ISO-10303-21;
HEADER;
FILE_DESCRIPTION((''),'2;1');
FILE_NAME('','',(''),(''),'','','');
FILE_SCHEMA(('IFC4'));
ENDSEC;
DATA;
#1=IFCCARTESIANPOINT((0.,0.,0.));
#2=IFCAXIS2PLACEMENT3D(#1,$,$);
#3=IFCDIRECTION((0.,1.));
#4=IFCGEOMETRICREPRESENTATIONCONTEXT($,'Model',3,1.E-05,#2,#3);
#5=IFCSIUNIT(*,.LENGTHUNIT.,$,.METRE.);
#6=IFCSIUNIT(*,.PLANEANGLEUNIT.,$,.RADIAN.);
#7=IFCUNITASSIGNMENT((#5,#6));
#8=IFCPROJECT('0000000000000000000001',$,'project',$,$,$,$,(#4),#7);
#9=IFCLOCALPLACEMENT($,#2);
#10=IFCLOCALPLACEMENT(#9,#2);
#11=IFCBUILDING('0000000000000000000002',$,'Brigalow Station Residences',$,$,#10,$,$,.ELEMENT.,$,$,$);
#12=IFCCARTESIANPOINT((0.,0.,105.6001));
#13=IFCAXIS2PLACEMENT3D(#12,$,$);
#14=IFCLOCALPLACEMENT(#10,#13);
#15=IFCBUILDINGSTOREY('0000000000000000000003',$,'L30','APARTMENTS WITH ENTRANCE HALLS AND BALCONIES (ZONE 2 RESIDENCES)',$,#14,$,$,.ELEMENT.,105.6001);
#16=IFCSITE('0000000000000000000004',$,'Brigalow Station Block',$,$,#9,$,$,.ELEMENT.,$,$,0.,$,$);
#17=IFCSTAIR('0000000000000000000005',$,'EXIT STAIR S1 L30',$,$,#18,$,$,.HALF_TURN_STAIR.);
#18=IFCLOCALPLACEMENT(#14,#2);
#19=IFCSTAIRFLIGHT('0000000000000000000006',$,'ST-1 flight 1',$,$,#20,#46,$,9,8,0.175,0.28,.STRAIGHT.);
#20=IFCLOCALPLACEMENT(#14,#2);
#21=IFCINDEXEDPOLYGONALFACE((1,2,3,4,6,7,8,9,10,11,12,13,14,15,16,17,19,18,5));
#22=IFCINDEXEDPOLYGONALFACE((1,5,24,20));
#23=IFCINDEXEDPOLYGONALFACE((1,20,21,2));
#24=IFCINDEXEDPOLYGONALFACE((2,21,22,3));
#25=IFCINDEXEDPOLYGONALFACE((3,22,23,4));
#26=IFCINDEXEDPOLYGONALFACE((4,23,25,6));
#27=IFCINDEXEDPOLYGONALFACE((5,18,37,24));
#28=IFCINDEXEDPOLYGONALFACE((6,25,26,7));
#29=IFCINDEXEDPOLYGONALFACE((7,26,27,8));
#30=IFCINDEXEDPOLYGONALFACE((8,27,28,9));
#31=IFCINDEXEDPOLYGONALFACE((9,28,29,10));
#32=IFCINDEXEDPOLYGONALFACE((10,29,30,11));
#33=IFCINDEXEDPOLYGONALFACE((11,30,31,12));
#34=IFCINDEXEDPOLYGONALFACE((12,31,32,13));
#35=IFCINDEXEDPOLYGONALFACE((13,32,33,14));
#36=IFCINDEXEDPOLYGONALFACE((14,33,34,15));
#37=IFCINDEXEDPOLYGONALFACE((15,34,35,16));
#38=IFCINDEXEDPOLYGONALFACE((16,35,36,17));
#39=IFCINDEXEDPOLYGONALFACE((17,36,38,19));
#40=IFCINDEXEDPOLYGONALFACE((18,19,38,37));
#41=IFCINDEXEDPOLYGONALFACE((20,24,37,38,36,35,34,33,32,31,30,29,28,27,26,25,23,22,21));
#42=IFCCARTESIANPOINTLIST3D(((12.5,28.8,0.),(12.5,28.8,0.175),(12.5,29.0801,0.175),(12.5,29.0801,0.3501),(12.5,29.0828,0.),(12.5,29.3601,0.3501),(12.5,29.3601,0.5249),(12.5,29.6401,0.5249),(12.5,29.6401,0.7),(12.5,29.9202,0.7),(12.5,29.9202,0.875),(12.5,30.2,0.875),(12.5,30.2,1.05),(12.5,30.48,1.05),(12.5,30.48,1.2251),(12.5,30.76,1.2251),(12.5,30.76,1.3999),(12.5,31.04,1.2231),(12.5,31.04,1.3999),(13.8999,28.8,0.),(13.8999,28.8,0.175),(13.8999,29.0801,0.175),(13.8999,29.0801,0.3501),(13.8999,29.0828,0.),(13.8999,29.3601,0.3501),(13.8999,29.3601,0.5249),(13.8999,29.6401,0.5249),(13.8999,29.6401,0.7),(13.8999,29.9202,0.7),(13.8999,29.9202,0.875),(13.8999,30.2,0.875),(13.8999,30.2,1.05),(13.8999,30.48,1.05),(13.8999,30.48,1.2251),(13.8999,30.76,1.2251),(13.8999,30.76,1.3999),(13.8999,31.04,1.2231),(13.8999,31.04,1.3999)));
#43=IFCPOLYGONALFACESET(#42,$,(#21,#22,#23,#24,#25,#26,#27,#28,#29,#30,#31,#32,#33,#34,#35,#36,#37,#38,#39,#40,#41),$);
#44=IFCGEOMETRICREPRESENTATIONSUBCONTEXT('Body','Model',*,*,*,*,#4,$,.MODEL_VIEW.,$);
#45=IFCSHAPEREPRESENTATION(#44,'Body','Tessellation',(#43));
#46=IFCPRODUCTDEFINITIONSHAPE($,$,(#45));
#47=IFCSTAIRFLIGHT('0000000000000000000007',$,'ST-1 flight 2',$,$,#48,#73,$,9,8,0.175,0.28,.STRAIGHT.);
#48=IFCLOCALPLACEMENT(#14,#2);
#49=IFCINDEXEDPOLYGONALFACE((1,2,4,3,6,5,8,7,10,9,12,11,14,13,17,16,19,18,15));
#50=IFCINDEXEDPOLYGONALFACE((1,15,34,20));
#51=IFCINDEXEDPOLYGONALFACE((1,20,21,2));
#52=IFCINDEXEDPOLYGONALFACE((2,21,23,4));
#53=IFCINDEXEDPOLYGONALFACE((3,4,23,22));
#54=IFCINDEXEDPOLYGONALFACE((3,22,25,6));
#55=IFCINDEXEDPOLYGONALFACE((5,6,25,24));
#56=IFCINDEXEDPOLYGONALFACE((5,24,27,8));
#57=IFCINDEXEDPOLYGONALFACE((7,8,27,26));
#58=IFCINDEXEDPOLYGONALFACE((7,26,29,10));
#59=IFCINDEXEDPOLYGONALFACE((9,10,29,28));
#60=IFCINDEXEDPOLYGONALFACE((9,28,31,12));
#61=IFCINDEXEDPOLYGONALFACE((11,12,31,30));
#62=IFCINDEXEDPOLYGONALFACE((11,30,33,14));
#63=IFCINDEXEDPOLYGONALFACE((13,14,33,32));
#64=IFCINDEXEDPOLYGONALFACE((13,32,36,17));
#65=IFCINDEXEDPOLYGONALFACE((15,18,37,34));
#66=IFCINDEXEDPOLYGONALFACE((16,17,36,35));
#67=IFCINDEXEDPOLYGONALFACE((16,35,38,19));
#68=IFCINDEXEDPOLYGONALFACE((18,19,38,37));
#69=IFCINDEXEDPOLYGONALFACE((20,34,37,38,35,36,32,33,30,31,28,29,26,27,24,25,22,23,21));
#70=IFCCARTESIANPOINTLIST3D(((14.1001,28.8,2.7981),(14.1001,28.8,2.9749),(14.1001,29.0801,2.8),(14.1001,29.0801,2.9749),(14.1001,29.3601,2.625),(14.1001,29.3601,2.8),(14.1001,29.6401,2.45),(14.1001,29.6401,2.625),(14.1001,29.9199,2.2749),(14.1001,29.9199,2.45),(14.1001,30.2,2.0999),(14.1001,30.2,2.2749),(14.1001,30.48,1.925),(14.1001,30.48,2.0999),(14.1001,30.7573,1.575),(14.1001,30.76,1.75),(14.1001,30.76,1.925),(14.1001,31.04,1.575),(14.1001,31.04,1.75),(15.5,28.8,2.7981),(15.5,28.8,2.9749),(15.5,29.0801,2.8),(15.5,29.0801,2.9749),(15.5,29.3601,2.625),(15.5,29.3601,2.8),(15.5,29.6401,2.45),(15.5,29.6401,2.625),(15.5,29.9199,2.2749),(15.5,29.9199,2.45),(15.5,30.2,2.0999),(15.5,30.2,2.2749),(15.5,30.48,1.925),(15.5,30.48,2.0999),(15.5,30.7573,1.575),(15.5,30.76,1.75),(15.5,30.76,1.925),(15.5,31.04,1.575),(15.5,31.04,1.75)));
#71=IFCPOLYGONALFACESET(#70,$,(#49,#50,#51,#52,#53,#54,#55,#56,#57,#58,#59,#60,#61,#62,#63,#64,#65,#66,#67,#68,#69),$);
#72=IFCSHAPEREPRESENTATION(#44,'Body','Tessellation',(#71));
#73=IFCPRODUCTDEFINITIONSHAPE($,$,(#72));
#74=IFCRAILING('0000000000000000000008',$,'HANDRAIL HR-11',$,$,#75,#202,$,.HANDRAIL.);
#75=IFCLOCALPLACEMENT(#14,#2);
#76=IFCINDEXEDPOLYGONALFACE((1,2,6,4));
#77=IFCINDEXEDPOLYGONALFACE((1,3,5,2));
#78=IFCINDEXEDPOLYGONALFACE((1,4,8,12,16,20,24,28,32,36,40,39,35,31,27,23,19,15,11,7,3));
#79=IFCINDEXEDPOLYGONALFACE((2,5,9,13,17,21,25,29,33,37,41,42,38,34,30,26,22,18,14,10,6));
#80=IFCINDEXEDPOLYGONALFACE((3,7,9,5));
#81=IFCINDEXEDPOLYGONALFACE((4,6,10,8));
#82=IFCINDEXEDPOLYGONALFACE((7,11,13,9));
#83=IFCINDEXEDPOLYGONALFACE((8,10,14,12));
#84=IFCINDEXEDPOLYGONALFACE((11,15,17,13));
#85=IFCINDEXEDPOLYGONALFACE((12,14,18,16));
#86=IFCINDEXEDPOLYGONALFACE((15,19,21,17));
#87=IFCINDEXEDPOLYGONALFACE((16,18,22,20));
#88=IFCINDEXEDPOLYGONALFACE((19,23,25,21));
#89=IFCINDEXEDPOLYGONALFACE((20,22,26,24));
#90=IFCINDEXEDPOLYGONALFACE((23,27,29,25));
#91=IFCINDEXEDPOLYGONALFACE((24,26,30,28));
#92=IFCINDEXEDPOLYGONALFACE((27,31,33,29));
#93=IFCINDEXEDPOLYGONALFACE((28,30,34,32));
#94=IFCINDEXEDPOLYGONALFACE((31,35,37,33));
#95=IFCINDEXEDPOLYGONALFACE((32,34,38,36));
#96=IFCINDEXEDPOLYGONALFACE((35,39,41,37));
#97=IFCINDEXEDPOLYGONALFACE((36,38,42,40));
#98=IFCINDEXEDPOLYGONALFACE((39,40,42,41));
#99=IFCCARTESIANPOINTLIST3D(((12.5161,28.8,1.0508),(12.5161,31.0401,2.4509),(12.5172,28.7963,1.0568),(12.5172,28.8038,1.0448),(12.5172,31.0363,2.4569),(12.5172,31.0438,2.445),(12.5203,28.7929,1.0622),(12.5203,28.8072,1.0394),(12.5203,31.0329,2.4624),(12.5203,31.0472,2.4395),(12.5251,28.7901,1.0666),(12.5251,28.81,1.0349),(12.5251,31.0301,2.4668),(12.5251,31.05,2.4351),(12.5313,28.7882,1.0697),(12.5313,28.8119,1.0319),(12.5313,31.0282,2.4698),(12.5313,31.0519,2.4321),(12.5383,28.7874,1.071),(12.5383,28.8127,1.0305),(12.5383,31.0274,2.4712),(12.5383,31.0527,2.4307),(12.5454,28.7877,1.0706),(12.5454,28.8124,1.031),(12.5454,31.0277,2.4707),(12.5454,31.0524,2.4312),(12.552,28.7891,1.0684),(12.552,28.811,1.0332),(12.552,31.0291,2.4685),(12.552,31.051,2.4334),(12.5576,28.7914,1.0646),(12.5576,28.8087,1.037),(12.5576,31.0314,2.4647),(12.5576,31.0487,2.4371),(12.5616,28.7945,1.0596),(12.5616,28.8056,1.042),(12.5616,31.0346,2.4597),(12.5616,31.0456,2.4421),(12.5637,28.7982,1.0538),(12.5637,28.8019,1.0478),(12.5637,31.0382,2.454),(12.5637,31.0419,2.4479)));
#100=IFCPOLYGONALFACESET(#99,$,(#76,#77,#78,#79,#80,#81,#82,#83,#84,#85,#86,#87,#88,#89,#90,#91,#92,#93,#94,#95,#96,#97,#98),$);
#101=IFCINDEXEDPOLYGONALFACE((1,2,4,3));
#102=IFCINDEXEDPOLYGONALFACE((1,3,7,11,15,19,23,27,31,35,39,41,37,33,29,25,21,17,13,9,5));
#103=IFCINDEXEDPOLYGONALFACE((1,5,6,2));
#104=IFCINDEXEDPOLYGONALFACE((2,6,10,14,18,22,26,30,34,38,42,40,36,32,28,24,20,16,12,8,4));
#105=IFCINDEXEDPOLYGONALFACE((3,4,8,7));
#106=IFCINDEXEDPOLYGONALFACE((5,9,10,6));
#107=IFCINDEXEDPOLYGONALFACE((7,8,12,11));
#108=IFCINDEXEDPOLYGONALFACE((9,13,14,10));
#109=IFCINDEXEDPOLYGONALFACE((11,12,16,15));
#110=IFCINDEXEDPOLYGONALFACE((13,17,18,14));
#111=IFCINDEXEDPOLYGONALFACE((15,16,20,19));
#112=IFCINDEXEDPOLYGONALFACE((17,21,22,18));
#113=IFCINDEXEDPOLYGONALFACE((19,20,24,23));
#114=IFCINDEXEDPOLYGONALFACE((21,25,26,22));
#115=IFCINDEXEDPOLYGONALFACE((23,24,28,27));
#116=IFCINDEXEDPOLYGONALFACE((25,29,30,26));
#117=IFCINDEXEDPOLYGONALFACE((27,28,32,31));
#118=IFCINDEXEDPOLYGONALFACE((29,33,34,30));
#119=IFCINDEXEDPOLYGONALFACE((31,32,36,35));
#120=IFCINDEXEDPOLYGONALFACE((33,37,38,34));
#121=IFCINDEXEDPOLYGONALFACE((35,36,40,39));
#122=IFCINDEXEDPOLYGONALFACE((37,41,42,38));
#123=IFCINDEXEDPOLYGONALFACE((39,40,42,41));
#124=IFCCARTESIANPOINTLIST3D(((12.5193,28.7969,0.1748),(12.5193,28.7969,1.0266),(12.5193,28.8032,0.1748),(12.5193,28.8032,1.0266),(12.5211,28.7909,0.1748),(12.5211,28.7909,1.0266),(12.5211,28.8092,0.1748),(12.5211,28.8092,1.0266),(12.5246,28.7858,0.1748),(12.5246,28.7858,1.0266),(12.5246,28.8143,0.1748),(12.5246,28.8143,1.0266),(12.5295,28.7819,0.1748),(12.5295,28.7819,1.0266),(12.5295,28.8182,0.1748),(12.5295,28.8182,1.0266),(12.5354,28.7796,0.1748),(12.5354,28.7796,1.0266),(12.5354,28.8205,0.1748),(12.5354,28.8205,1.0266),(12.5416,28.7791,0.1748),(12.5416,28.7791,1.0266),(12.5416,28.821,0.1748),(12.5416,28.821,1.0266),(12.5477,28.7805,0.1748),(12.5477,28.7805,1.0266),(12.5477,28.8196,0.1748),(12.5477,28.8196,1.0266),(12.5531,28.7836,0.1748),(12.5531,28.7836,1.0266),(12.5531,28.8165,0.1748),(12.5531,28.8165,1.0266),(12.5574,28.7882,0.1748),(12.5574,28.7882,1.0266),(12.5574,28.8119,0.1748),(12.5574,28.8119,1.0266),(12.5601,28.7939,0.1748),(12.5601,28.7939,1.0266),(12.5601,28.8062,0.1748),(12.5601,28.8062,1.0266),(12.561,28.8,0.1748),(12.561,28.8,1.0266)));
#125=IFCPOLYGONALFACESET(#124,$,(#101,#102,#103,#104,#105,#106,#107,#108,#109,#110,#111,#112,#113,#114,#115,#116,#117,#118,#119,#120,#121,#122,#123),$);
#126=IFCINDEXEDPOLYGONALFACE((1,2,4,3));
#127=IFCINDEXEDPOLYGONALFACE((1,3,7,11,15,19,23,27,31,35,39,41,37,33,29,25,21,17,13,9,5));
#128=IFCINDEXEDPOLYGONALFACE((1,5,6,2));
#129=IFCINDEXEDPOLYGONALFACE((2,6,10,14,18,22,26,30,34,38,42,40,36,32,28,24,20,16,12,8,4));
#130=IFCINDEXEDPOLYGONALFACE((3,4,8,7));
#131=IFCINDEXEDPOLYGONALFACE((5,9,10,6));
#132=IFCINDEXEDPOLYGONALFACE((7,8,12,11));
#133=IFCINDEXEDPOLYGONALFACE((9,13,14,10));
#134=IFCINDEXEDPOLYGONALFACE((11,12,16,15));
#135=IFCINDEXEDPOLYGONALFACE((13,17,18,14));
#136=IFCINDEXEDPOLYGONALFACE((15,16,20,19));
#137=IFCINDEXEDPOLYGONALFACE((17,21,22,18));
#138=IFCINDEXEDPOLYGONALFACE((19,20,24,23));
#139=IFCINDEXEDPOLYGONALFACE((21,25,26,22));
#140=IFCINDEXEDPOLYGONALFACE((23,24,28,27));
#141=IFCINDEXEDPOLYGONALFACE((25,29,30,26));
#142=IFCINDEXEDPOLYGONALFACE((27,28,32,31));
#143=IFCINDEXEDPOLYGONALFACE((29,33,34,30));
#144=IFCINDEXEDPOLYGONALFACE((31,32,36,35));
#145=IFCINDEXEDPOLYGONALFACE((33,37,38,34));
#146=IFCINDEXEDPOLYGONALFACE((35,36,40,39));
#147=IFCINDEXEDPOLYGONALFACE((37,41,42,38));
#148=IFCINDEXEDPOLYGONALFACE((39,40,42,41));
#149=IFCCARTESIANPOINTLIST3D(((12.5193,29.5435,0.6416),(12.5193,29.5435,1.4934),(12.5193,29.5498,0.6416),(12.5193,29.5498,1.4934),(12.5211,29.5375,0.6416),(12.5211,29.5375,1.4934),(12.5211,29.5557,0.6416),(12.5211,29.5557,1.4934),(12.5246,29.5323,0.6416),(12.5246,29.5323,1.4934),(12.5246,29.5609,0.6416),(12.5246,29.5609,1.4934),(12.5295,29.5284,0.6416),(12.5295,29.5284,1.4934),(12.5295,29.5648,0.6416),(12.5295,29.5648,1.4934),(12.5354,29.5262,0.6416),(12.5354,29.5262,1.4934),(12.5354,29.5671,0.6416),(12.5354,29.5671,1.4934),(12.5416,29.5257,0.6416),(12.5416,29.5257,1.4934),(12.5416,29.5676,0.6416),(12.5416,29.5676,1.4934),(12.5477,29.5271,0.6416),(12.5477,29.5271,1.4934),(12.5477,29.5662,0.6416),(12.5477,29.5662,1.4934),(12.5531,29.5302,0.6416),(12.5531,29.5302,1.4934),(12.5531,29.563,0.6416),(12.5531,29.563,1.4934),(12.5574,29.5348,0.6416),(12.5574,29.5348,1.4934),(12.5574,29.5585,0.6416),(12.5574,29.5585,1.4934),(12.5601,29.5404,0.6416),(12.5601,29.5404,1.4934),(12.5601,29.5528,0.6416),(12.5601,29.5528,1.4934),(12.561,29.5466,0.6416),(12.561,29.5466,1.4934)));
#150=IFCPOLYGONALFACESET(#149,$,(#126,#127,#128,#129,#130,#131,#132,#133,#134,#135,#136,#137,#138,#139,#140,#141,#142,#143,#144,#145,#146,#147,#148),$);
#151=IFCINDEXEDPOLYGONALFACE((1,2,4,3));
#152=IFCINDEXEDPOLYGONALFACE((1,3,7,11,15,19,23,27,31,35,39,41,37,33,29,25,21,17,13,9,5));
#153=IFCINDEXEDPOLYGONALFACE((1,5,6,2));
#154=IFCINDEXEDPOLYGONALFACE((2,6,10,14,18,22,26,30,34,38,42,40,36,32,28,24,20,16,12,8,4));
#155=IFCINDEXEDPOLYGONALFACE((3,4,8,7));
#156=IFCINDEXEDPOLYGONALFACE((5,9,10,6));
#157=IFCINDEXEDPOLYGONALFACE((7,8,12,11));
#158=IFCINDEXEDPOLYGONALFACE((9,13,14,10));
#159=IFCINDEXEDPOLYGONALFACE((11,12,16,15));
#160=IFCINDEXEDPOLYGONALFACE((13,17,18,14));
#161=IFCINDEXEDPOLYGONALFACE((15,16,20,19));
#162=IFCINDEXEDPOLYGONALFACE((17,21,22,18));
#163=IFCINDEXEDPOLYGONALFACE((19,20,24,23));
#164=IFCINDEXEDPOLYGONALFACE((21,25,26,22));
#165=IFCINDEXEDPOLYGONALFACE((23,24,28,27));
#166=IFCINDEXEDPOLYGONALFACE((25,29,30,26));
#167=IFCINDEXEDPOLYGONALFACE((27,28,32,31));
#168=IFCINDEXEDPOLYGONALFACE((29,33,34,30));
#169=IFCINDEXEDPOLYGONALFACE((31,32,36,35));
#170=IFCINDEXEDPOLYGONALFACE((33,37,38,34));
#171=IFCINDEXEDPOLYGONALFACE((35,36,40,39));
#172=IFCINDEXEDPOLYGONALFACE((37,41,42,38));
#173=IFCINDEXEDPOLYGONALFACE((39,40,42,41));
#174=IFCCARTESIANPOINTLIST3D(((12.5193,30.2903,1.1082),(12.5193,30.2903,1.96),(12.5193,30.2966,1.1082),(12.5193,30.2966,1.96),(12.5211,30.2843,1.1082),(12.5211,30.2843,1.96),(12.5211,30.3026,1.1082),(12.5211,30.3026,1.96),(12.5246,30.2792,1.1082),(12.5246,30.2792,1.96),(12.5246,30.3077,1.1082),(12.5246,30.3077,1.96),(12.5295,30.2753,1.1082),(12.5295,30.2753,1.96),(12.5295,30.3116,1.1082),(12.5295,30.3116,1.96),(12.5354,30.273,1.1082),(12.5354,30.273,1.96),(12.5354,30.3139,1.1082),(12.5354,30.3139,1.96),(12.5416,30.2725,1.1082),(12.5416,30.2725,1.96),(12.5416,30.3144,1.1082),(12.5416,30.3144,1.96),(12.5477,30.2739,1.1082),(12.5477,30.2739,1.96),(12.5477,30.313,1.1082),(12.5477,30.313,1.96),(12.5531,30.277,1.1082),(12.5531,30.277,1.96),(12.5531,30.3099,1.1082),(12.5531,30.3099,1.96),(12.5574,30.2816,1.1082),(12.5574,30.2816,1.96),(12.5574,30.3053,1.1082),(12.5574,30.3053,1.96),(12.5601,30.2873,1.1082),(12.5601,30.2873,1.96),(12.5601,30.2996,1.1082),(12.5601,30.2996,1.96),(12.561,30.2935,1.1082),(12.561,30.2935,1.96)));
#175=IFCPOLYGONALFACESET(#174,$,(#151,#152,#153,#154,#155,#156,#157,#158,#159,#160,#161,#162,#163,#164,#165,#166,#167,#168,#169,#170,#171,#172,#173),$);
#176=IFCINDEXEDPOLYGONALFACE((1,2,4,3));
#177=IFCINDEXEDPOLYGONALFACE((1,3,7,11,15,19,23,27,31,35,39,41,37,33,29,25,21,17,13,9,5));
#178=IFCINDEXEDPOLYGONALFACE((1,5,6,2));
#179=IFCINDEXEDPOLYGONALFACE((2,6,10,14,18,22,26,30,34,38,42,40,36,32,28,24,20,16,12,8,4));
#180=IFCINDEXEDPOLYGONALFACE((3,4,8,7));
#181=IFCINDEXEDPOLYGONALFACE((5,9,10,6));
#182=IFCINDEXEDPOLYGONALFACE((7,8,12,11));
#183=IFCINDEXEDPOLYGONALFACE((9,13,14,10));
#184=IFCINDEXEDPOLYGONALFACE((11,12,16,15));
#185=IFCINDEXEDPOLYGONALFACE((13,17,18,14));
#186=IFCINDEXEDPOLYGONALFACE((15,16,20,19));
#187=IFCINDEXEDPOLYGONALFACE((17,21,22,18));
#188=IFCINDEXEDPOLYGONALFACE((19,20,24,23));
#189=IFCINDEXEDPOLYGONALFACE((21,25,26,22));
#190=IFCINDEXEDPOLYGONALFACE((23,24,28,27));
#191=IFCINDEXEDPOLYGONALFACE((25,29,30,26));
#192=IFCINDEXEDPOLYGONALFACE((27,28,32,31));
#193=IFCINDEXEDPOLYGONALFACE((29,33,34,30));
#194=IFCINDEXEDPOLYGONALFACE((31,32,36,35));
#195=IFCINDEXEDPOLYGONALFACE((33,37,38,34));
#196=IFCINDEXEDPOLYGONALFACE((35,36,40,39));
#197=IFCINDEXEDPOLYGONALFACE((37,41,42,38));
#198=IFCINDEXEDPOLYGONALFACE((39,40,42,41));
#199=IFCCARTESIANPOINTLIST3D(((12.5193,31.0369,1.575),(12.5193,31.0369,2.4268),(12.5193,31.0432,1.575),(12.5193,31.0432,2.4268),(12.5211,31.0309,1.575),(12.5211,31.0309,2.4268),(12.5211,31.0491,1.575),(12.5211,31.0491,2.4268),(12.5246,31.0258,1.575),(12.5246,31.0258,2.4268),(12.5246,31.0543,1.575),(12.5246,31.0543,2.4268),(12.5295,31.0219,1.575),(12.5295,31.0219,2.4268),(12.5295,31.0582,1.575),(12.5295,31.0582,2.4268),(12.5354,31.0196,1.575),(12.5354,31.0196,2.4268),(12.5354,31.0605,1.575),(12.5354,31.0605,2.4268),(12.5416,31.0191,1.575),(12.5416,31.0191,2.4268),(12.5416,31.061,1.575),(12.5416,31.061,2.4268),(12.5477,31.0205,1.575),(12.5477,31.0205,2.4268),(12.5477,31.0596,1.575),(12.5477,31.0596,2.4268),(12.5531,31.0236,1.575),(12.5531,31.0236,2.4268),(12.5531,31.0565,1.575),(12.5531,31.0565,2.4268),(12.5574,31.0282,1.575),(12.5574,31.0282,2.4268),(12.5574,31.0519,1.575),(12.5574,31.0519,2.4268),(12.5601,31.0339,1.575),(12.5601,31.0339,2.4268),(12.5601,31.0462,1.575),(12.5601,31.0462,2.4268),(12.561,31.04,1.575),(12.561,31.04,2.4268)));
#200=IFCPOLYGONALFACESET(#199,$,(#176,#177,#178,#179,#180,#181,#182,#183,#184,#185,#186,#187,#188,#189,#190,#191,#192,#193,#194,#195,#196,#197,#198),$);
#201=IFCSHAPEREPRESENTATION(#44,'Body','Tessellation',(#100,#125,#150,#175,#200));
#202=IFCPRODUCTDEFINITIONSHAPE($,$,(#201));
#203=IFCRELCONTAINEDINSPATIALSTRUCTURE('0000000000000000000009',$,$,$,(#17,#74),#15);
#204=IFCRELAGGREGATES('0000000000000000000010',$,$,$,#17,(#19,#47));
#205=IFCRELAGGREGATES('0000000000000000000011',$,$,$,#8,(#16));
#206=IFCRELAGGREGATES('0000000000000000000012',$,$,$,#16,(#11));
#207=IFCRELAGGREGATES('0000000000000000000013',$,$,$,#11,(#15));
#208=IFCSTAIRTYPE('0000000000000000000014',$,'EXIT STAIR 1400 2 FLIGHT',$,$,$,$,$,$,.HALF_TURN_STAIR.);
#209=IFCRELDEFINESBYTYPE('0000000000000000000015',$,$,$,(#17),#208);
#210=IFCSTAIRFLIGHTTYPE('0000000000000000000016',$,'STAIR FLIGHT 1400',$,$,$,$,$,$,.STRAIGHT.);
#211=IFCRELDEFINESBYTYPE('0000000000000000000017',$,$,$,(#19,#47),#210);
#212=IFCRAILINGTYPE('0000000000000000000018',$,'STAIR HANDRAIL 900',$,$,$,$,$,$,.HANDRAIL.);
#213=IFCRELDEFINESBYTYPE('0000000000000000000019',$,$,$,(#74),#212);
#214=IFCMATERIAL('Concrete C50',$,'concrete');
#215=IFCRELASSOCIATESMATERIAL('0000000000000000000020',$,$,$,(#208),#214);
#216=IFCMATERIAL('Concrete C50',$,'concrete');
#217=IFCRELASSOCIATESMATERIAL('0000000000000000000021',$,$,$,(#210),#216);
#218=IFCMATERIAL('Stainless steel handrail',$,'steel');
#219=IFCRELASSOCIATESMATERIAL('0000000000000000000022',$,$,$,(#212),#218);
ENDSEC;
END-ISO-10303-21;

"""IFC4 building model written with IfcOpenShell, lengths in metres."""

from ifc_helpers import new_model, si_unit, direction, frame, origin, origin_2d, place, context, subcontext, project, spatial, polyline, circle, outline, extrude, material, type_object, element, aggregate, save


model = new_model("IFC4")

# Units and contexts
model_context = context("Model", 3, precision=1e-05, world=origin(), true_north=direction((0.0, 1.0)))
body_context = subcontext(model_context, "Body", "Model", "MODEL_VIEW")
ifc_project = project(units=[si_unit("LENGTHUNIT", "METRE"), si_unit("PLANEANGLEUNIT", "RADIAN")], contexts=[model_context])

# Site, building, storey
site_placement = place(None, origin())
site = spatial("IfcSite", under=ifc_project, at=site_placement, Name="Brigalow Station Block", CompositionType="ELEMENT", RefElevation=0.0)
building_placement = place(site_placement, origin())
building = spatial("IfcBuilding", under=site, at=building_placement, Name="Brigalow Station Residences", CompositionType="ELEMENT")
storey_placement = place(building_placement, frame((0.0, 0.0, 105.6001)))
storey = spatial("IfcBuildingStorey", under=building, at=storey_placement, Name="L30", Description="APARTMENTS WITH ENTRANCE HALLS AND BALCONIES (ZONE 2 RESIDENCES)", CompositionType="ELEMENT", Elevation=105.6001)

# Stair, stair flights
ifc_material_1 = material(Name="Concrete C50", Category="concrete")
stair_type = type_object("IfcStairType", Name="EXIT STAIR 1400 2 FLIGHT", PredefinedType="HALF_TURN_STAIR", material=ifc_material_1)
stair_placement = place(storey_placement, origin())
stair = element("IfcStair", 1, at=stair_placement, inside=storey, type_object=stair_type, Name="EXIT STAIR S1 L30", PredefinedType="HALF_TURN_STAIR")
ifc_material_2 = material(Name="Concrete C50", Category="concrete")
stair_flight_type = type_object("IfcStairFlightType", Name="STAIR FLIGHT 1400", PredefinedType="STRAIGHT", material=ifc_material_2)
stair_flight_1_placement = place(storey_placement, frame((13.2, 28.8, 0.0), z_axis=(0.0, 0.0, 1.0), x_axis=(0.0, 1.0, 0.0)))
stair_flight_1 = element("IfcStairFlight", 2, at=stair_flight_1_placement, type_object=stair_flight_type, Name="ST-1 flight 1", NumberOfRisers=9, NumberOfTreads=8, PredefinedType="STRAIGHT", RiserHeight=0.175, TreadLength=0.28, context=body_context, shape_type="SweptSolid", body=[
    extrude(outline(polyline([(0.0, 0.0), (0.0, 0.175), (0.28, 0.175), (0.28, 0.3501), (0.5601, 0.3501), (0.5601, 0.5249), (0.8401, 0.5249), (0.8401, 0.7), (1.1201, 0.7), (1.1201, 0.875), (1.3999, 0.875), (1.3999, 1.05), (1.6799, 1.05), (1.6799, 1.2251), (1.96, 1.2251), (1.96, 1.3999), (2.24, 1.3999), (2.24, 1.575), (2.24, 1.2231), (0.2827, 0.0), (0.0, 0.0)])), frame((0.0, 0.7, 0.0), z_axis=(0.0, -1.0, 0.0), x_axis=(1.0, 0.0, 0.0)), (0.0, 0.0, 1.0), 1.3999),
])
stair_flight_2_placement = place(storey_placement, frame((14.8, 31.04, 1.575), z_axis=(0.0, 0.0, 1.0), x_axis=(0.0, -1.0, 0.0)))
stair_flight_2 = element("IfcStairFlight", 3, at=stair_flight_2_placement, type_object=stair_flight_type, Name="ST-1 flight 2", NumberOfRisers=9, NumberOfTreads=8, PredefinedType="STRAIGHT", RiserHeight=0.175, TreadLength=0.28, context=body_context, shape_type="SweptSolid", body=[
    extrude(outline(polyline([(0.0, 0.0), (0.0, 0.175), (0.28, 0.175), (0.28, 0.3501), (0.5601, 0.3501), (0.5601, 0.5249), (0.8401, 0.5249), (0.8401, 0.7), (1.1201, 0.7), (1.1201, 0.875), (1.3999, 0.875), (1.3999, 1.05), (1.6799, 1.05), (1.6799, 1.2251), (1.96, 1.2251), (1.96, 1.3999), (2.24, 1.3999), (2.24, 1.575), (2.24, 1.2231), (0.2827, 0.0), (0.0, 0.0)])), frame((0.0, 0.7, 0.0), z_axis=(0.0, -1.0, 0.0), x_axis=(1.0, 0.0, 0.0)), (0.0, 0.0, 1.0), 1.3999),
])
aggregate(stair, [stair_flight_1, stair_flight_2])

# Railing
ifc_material_3 = material(Name="Stainless steel handrail", Category="steel")
railing_type_1 = type_object("IfcRailingType", Name="STAIR HANDRAIL 900", PredefinedType="HANDRAIL", material=ifc_material_3)
railing_1_placement = place(storey_placement, frame((12.54, 28.8, 0.1748)))
element("IfcRailing", 4, at=railing_1_placement, inside=storey, type_object=railing_type_1, Name="HANDRAIL HR-11", PredefinedType="HANDRAIL", context=body_context, shape_type="SweptSolid", body=[
    extrude(circle(Radius=0.0239, at=origin_2d()), frame((0.0, 0.0, 0.876), z_axis=(0.0, 0.847972, 0.53004), x_axis=(-1.0, 0.0, 0.0)), (0.0, 0.0, 1.0), 2.6416),
    extrude(circle(Radius=0.021, at=origin_2d()), origin(), (0.0, 0.0, 1.0), 0.8518),
    extrude(circle(Radius=0.021, at=origin_2d()), frame((0.0, 0.7466, 0.4668)), (0.0, 0.0, 1.0), 0.8518),
    extrude(circle(Radius=0.021, at=origin_2d()), frame((0.0, 1.4934, 0.9333)), (0.0, 0.0, 1.0), 0.8518),
    extrude(circle(Radius=0.021, at=origin_2d()), frame((0.0, 2.24, 1.4001)), (0.0, 0.0, 1.0), 0.8518),
])

save(model, "model.ifc")
